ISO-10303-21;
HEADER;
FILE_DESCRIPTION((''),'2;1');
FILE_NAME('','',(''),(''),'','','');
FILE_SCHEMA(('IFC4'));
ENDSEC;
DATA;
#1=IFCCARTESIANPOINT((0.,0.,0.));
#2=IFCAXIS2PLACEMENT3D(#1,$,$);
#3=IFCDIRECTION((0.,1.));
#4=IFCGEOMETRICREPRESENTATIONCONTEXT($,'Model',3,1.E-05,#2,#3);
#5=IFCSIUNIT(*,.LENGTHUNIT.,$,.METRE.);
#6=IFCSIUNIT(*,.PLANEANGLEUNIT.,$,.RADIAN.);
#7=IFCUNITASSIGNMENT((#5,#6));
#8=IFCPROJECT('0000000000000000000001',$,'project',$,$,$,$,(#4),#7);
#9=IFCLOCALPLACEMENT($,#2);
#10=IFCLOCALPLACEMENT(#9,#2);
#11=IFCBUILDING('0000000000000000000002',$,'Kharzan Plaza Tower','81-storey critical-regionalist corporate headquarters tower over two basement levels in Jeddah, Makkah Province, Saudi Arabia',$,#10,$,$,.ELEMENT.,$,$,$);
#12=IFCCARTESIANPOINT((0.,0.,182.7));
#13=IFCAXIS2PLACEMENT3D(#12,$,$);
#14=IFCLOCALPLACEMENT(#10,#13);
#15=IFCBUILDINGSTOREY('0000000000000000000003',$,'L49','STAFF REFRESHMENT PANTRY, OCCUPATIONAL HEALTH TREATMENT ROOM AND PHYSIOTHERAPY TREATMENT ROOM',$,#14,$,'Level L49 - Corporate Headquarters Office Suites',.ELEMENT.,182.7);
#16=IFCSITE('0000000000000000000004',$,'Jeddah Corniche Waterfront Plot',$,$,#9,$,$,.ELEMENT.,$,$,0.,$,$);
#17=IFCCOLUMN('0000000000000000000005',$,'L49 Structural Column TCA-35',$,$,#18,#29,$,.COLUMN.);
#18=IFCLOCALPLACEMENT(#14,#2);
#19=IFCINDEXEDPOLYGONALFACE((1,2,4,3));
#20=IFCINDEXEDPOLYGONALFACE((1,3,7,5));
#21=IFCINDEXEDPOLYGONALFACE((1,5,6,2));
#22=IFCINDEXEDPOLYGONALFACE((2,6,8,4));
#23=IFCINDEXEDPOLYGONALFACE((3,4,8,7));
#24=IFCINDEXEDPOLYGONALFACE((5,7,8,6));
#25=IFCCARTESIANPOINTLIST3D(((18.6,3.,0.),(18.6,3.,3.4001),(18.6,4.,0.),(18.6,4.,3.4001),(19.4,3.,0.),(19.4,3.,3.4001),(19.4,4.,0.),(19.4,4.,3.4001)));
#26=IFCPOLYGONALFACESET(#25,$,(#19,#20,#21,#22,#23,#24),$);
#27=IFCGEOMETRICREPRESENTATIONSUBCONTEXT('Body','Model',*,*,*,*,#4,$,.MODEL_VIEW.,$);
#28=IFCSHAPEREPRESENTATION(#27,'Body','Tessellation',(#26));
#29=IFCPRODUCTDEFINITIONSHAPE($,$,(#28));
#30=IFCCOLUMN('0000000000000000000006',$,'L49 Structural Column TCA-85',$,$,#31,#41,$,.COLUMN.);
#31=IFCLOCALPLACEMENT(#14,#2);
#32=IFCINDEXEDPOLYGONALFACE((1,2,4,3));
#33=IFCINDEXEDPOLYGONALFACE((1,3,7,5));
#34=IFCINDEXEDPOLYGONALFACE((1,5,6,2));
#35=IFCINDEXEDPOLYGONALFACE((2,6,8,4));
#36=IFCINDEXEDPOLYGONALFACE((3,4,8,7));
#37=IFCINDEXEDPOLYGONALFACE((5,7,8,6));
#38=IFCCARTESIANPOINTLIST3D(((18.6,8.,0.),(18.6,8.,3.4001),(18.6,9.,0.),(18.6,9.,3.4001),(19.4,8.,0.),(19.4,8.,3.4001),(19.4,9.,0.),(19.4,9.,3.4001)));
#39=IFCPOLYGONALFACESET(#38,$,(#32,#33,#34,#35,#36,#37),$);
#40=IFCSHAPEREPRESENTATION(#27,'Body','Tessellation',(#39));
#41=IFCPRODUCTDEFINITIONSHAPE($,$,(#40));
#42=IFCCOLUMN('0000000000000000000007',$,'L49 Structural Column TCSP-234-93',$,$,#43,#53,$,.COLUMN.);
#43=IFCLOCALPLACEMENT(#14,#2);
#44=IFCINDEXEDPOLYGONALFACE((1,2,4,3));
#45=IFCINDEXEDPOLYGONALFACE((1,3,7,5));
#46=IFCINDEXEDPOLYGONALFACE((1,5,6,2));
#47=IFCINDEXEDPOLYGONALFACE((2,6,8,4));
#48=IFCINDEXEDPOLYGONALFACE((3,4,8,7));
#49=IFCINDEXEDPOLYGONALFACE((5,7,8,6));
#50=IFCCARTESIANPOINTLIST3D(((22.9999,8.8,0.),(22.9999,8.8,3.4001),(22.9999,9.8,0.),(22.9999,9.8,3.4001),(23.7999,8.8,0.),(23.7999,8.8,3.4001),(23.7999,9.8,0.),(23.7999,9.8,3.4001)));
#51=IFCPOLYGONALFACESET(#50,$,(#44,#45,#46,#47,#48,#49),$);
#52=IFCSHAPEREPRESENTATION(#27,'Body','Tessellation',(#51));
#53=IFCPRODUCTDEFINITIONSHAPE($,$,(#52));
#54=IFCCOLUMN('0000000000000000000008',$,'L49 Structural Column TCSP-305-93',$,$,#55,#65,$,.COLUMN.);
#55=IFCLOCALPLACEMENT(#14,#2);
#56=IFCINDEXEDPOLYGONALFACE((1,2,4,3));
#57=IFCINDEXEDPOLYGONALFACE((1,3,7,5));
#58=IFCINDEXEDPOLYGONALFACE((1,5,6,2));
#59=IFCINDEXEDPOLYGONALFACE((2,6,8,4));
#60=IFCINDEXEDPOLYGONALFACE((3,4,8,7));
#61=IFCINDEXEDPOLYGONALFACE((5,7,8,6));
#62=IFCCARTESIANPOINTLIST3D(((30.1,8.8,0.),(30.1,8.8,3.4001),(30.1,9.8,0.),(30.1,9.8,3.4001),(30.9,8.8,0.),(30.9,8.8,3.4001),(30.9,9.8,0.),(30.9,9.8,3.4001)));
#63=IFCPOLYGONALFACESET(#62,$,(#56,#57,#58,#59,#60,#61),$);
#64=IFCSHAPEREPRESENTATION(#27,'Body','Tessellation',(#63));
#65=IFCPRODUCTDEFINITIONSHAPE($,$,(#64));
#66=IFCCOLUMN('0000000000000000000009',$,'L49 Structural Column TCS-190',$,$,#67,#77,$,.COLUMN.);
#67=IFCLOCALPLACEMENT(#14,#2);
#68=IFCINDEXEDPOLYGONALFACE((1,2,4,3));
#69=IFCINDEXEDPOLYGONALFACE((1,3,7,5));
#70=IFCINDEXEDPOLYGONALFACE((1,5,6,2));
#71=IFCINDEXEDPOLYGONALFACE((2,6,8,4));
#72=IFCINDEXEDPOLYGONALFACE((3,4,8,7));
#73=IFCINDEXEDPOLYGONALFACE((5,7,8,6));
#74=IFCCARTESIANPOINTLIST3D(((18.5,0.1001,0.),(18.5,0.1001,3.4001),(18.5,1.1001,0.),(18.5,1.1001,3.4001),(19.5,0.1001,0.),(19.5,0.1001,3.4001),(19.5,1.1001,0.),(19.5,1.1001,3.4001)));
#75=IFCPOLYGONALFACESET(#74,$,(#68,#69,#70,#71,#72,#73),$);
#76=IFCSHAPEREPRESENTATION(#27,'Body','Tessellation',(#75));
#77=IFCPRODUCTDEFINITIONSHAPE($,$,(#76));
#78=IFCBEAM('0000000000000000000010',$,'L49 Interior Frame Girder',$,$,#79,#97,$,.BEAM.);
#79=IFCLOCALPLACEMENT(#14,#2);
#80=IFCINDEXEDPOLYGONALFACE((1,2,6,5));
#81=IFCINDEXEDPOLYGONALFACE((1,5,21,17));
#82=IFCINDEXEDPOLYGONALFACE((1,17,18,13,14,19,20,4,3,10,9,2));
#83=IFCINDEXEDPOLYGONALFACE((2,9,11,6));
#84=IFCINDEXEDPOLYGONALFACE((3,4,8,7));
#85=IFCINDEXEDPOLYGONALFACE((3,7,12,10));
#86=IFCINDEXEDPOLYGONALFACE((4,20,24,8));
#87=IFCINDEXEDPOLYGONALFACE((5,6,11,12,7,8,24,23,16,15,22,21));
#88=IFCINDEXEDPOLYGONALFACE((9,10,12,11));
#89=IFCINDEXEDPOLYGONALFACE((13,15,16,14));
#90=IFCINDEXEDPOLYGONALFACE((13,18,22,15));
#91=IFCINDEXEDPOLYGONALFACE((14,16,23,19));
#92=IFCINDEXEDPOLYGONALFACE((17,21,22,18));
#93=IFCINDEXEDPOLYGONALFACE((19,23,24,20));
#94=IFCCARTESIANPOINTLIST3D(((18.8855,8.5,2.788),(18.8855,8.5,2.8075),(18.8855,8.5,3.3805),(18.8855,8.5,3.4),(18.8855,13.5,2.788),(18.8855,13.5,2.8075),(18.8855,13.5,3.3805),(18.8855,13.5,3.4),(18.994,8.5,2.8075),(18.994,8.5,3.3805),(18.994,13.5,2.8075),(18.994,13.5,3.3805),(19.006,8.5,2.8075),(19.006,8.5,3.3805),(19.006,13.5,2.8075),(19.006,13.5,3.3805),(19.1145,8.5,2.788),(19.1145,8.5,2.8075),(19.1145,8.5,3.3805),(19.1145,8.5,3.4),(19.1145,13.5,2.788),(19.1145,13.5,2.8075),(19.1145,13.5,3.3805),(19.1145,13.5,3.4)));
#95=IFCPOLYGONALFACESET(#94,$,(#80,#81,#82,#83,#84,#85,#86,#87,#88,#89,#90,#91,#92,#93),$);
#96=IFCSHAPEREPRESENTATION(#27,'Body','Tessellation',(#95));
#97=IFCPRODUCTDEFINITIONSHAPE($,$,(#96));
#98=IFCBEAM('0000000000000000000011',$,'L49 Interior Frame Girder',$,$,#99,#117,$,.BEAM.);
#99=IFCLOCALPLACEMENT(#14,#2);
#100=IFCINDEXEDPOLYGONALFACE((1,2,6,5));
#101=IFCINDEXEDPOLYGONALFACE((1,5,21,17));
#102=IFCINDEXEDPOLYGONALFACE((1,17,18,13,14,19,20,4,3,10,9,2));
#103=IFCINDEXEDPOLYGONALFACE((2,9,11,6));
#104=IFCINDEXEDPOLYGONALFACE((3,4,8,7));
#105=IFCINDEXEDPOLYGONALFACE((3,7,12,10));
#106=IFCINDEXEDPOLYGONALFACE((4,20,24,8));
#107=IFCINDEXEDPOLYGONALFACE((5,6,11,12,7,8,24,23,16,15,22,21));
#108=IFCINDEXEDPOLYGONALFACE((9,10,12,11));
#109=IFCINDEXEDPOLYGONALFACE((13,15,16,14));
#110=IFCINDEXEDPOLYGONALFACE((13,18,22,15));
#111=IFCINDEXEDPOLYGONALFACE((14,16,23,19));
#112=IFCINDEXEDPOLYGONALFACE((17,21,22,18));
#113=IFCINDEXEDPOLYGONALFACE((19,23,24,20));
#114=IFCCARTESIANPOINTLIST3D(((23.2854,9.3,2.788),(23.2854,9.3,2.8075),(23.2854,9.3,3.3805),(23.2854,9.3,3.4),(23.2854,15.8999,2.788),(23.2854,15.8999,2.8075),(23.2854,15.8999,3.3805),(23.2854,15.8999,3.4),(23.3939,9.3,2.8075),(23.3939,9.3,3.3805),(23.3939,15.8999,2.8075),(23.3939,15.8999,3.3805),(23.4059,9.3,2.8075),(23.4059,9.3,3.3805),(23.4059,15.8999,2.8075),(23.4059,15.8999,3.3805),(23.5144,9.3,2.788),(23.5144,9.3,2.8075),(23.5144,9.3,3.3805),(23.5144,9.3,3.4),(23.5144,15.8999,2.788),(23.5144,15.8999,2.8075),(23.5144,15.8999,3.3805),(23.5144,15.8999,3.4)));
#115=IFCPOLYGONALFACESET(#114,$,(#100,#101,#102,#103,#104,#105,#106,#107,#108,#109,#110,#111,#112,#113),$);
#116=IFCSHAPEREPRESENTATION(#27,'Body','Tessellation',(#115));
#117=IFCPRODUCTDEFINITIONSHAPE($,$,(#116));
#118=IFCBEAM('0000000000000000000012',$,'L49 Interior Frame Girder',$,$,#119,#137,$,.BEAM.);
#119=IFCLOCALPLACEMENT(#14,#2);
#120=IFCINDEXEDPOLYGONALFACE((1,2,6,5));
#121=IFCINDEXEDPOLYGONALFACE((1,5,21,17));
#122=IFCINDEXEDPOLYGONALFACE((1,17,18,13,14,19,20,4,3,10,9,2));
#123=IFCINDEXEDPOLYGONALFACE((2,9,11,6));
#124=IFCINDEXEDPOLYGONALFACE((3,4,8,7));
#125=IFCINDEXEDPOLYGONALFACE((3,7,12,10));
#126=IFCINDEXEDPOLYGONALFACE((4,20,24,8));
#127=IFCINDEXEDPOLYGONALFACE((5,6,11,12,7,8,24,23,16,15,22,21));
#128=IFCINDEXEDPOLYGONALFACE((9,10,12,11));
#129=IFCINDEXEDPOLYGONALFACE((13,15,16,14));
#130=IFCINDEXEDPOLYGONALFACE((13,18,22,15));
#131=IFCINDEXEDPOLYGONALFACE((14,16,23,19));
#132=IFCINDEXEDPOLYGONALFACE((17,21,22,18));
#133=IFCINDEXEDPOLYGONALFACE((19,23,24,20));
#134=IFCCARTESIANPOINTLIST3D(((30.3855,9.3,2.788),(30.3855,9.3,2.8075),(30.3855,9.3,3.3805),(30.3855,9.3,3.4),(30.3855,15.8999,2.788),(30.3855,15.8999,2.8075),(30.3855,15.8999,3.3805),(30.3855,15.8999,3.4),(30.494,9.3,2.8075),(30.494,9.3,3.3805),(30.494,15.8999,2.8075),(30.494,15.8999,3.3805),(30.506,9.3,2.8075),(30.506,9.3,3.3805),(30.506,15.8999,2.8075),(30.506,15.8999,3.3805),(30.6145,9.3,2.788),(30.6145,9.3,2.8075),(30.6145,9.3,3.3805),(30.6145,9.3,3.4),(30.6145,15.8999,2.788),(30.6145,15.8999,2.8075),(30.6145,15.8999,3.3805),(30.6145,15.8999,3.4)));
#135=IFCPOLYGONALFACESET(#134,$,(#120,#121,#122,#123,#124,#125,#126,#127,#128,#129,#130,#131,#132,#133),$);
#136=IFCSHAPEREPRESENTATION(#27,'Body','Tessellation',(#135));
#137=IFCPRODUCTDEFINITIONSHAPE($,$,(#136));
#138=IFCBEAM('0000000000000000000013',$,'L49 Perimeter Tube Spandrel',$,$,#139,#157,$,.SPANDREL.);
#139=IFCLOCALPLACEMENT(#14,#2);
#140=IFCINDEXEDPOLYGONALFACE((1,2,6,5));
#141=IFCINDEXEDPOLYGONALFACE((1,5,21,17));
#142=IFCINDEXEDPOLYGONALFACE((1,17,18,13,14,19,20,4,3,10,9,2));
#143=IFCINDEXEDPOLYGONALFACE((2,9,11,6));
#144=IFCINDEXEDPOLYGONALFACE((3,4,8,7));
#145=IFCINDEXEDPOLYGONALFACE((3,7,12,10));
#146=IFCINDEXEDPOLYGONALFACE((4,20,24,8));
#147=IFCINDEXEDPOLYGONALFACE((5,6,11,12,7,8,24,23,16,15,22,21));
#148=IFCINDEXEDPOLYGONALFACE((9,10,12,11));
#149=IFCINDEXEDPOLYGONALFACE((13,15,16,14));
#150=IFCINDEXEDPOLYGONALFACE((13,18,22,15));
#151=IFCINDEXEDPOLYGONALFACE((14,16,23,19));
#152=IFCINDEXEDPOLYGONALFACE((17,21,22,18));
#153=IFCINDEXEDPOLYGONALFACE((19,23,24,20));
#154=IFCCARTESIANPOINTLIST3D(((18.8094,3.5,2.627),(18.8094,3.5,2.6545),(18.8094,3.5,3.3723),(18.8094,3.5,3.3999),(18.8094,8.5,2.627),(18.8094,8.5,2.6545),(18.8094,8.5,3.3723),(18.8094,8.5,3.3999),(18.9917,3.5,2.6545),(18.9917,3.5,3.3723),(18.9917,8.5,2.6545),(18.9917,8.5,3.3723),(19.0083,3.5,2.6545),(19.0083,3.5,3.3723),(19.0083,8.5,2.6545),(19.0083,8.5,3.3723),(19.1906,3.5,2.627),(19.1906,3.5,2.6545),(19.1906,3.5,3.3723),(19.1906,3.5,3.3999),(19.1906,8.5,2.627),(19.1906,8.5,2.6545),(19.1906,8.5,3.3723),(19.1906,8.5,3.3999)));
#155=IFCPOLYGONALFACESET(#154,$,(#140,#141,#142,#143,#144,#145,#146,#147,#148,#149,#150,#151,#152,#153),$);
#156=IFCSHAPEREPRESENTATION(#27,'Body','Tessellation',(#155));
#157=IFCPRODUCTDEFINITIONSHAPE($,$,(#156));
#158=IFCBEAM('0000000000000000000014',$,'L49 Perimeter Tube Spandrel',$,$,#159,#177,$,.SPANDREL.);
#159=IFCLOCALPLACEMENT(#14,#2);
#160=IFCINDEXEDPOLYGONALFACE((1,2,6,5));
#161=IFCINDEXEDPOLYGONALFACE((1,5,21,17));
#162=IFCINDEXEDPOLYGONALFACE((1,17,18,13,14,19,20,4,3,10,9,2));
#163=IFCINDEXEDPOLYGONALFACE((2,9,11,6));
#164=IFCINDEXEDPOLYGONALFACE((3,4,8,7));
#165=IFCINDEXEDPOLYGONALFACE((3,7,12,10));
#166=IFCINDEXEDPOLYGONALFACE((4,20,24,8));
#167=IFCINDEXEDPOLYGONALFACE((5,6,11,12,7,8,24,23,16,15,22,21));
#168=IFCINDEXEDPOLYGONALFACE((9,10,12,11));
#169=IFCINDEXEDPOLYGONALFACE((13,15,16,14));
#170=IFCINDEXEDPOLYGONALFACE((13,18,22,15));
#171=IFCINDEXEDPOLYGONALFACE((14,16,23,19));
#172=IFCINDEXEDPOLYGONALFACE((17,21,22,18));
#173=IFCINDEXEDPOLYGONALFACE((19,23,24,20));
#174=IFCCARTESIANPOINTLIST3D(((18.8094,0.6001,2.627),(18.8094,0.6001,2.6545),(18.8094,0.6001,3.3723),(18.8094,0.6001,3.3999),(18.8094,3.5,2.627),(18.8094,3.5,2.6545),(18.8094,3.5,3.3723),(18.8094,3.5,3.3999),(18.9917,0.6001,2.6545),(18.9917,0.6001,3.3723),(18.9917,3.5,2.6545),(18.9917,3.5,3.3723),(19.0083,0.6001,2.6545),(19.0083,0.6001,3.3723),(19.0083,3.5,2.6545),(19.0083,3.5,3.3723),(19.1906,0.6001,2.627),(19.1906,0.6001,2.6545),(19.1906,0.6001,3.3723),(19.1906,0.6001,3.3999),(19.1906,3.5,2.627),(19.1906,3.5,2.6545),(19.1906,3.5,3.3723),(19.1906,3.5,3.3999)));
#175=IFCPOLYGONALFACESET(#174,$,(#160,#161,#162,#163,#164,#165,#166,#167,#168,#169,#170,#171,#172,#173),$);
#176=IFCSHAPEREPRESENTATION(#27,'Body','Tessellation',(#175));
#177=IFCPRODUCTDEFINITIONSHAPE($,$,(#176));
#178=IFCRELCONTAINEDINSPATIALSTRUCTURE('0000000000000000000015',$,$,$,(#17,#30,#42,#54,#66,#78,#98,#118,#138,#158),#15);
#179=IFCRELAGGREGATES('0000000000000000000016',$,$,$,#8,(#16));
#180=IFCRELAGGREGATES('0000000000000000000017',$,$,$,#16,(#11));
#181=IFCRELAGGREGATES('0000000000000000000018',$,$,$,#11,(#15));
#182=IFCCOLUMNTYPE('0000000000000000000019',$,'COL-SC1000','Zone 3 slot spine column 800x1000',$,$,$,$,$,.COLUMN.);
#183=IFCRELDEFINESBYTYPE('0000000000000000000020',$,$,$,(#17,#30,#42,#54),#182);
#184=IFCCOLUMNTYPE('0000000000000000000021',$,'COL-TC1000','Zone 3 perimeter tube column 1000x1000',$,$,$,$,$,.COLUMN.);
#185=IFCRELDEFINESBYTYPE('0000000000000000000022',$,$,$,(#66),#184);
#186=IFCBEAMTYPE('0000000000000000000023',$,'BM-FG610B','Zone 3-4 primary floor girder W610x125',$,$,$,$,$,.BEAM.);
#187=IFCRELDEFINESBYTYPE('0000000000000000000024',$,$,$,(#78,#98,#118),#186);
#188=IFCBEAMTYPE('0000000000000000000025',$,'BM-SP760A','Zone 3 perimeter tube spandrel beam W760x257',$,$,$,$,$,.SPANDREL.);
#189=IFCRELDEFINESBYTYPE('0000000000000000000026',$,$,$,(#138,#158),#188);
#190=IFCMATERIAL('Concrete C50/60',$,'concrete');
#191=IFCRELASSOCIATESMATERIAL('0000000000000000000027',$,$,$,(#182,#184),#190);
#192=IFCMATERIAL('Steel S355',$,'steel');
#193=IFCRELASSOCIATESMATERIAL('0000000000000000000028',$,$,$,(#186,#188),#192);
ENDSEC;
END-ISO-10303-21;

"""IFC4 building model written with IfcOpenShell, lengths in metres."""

from ifc_helpers import new_model, si_unit, direction, frame, origin, origin_2d, place, context, subcontext, project, spatial, rectangle, i_section, extrude, source, transform, mapped, material, material_profile, profile_set, type_object, element, save


model = new_model("IFC4")

# Units and contexts
model_context = context("Model", 3, precision=1e-05, world=origin(), true_north=direction((0.0, 1.0)))
body_context = subcontext(model_context, "Body", "Model", "MODEL_VIEW")
ifc_project = project(units=[si_unit("LENGTHUNIT", "METRE"), si_unit("PLANEANGLEUNIT", "RADIAN")], contexts=[model_context])

# Site, building, storey
site_placement = place(None, origin())
site = spatial("IfcSite", under=ifc_project, at=site_placement, Name="Jeddah Corniche Waterfront Plot", CompositionType="ELEMENT", RefElevation=0.0)
building_placement = place(site_placement, origin())
building = spatial("IfcBuilding", under=site, at=building_placement, Name="Kharzan Plaza Tower", Description="81-storey critical-regionalist corporate headquarters tower over two basement levels in Jeddah, Makkah Province, Saudi Arabia", CompositionType="ELEMENT")
storey_placement = place(building_placement, frame((0.0, 0.0, 182.7)))
storey = spatial("IfcBuildingStorey", under=building, at=storey_placement, Name="L49", Description="STAFF REFRESHMENT PANTRY, OCCUPATIONAL HEALTH TREATMENT ROOM AND PHYSIOTHERAPY TREATMENT ROOM", LongName="Level L49 - Corporate Headquarters Office Suites", CompositionType="ELEMENT", Elevation=182.7)

# Columns
ifc_material_1 = material(Name="Concrete C50/60", Category="concrete")
ifc_material_profile_1 = material_profile(ifc_material_1, rectangle(XDim=0.8, YDim=1.0, at=origin_2d()), Name="RC-SC1000x800")
ifc_profile_set_1 = profile_set([ifc_material_profile_1], Name="Concrete C50/60")
column_type_1 = type_object("IfcColumnType", Name="COL-SC1000", Description="Zone 3 slot spine column 800x1000", PredefinedType="COLUMN", material=ifc_profile_set_1)
shared_shape_1 = source(origin(), body_context, "Body", "SweptSolid", [
    extrude(rectangle(XDim=0.8, YDim=1.0, at=origin_2d()), origin(), (0.0, 0.0, 1.0), 3.4001),
])
for number, where, z_axis, x_axis, name in (
    (1, (19.0, 3.5, 0.0), (0.0, 0.0, 1.0), (1.0, 0.0, 0.0), "L49 Structural Column TCA-35"),
    (2, (19.0, 8.5, 0.0), (0.0, 0.0, 1.0), (1.0, 0.0, 0.0), "L49 Structural Column TCA-85"),
    (3, (23.3999, 9.3, 0.0), (0.0, 0.0, 1.0), (1.0, 0.0, 0.0), "L49 Structural Column TCSP-234-93"),
    (4, (30.5, 9.3, 0.0), (0.0, 0.0, 1.0), (1.0, 0.0, 0.0), "L49 Structural Column TCSP-305-93"),
):
    element("IfcColumn", number, at=place(storey_placement, frame(where, z_axis=z_axis, x_axis=x_axis)), inside=storey, type_object=column_type_1, Name=name, PredefinedType="COLUMN", context=body_context, shape_type="MappedRepresentation", body=[
        mapped(shared_shape_1, transform((0.0, 0.0, 0.0), x_axis=(1.0, 0.0, 0.0), y_axis=(0.0, 1.0, 0.0), z_axis=(0.0, 0.0, 1.0))),
    ])
ifc_material_profile_2 = material_profile(ifc_material_1, rectangle(XDim=1.0, YDim=1.0, at=origin_2d()), Name="RC-TC1000x1000")
ifc_profile_set_2 = profile_set([ifc_material_profile_2], Name="Concrete C50/60")
column_type_2 = type_object("IfcColumnType", Name="COL-TC1000", Description="Zone 3 perimeter tube column 1000x1000", PredefinedType="COLUMN", material=ifc_profile_set_2)
shared_shape_2 = source(origin(), body_context, "Body", "SweptSolid", [
    extrude(rectangle(XDim=1.0, YDim=1.0, at=origin_2d()), origin(), (0.0, 0.0, 1.0), 3.4001),
])
column_placement = place(storey_placement, frame((19.0, 0.6001, 0.0), z_axis=(0.0, 0.0, 1.0), x_axis=(1.0, 0.0, 0.0)))
element("IfcColumn", 5, at=column_placement, inside=storey, type_object=column_type_2, Name="L49 Structural Column TCS-190", PredefinedType="COLUMN", context=body_context, shape_type="MappedRepresentation", body=[
    mapped(shared_shape_2, transform((0.0, 0.0, 0.0), x_axis=(1.0, 0.0, 0.0), y_axis=(0.0, 1.0, 0.0), z_axis=(0.0, 0.0, 1.0))),
])

# Beams
ifc_material_2 = material(Name="Steel S355", Category="steel")
ifc_material_profile_3 = material_profile(ifc_material_2, i_section(OverallWidth=0.229, OverallDepth=0.6121, WebThickness=0.012, FlangeThickness=0.0195, at=origin_2d()), Name="W610x125")
ifc_profile_set_3 = profile_set([ifc_material_profile_3], Name="Steel S355")
beam_type_1 = type_object("IfcBeamType", Name="BM-FG610B", Description="Zone 3-4 primary floor girder W610x125", PredefinedType="BEAM", material=ifc_profile_set_3)
shared_shape_3 = source(origin(), body_context, "Body", "SweptSolid", [
    extrude(i_section(OverallWidth=0.229, OverallDepth=0.6121, WebThickness=0.012, FlangeThickness=0.0195, at=origin_2d()), origin(), (0.0, 0.0, 1.0), 5.0),
])
beam_1_placement = place(storey_placement, frame((19.0, 8.5, 3.094), z_axis=(0.0, 1.0, 0.0), x_axis=(-1.0, 0.0, 0.0)))
element("IfcBeam", 6, at=beam_1_placement, inside=storey, type_object=beam_type_1, Name="L49 Interior Frame Girder", PredefinedType="BEAM", context=body_context, shape_type="MappedRepresentation", body=[
    mapped(shared_shape_3, transform((0.0, 0.0, 0.0), x_axis=(1.0, 0.0, 0.0), y_axis=(0.0, 1.0, 0.0), z_axis=(0.0, 0.0, 1.0))),
])
shared_shape_4 = source(origin(), body_context, "Body", "SweptSolid", [
    extrude(i_section(OverallWidth=0.229, OverallDepth=0.6121, WebThickness=0.012, FlangeThickness=0.0195, at=origin_2d()), origin(), (0.0, 0.0, 1.0), 6.5999),
])
for number, where, z_axis, x_axis, name in (
    (7, (23.3999, 9.3, 3.094), (0.0, 1.0, 0.0), (-1.0, 0.0, 0.0), "L49 Interior Frame Girder"),
    (8, (30.5, 9.3, 3.094), (0.0, 1.0, 0.0), (-1.0, 0.0, 0.0), "L49 Interior Frame Girder"),
):
    element("IfcBeam", number, at=place(storey_placement, frame(where, z_axis=z_axis, x_axis=x_axis)), inside=storey, type_object=beam_type_1, Name=name, PredefinedType="BEAM", context=body_context, shape_type="MappedRepresentation", body=[
        mapped(shared_shape_4, transform((0.0, 0.0, 0.0), x_axis=(1.0, 0.0, 0.0), y_axis=(0.0, 1.0, 0.0), z_axis=(0.0, 0.0, 1.0))),
    ])
ifc_material_profile_4 = material_profile(ifc_material_2, i_section(OverallWidth=0.3811, OverallDepth=0.7729, WebThickness=0.0166, FlangeThickness=0.0276, at=origin_2d()), Name="W760x257")
ifc_profile_set_4 = profile_set([ifc_material_profile_4], Name="Steel S355")
beam_type_2 = type_object("IfcBeamType", Name="BM-SP760A", Description="Zone 3 perimeter tube spandrel beam W760x257", PredefinedType="SPANDREL", material=ifc_profile_set_4)
shared_shape_5 = source(origin(), body_context, "Body", "SweptSolid", [
    extrude(i_section(OverallWidth=0.3811, OverallDepth=0.7729, WebThickness=0.0166, FlangeThickness=0.0276, at=origin_2d()), origin(), (0.0, 0.0, 1.0), 5.0),
])
beam_2_placement = place(storey_placement, frame((19.0, 3.5, 3.0134), z_axis=(0.0, 1.0, 0.0), x_axis=(-1.0, 0.0, 0.0)))
element("IfcBeam", 9, at=beam_2_placement, inside=storey, type_object=beam_type_2, Name="L49 Perimeter Tube Spandrel", PredefinedType="SPANDREL", context=body_context, shape_type="MappedRepresentation", body=[
    mapped(shared_shape_5, transform((0.0, 0.0, 0.0), x_axis=(1.0, 0.0, 0.0), y_axis=(0.0, 1.0, 0.0), z_axis=(0.0, 0.0, 1.0))),
])
shared_shape_6 = source(origin(), body_context, "Body", "SweptSolid", [
    extrude(i_section(OverallWidth=0.3811, OverallDepth=0.7729, WebThickness=0.0166, FlangeThickness=0.0276, at=origin_2d()), origin(), (0.0, 0.0, 1.0), 2.8999),
])
for number, where, z_axis, x_axis, name in (
    (10, (19.0, 0.6001, 3.0134), (0.0, 1.0, 0.0), (-1.0, 0.0, 0.0), "L49 Perimeter Tube Spandrel"),
):
    element("IfcBeam", number, at=place(storey_placement, frame(where, z_axis=z_axis, x_axis=x_axis)), inside=storey, type_object=beam_type_2, Name=name, PredefinedType="SPANDREL", context=body_context, shape_type="MappedRepresentation", body=[
        mapped(shared_shape_6, transform((0.0, 0.0, 0.0), x_axis=(1.0, 0.0, 0.0), y_axis=(0.0, 1.0, 0.0), z_axis=(0.0, 0.0, 1.0))),
    ])

save(model, "model.ifc")
